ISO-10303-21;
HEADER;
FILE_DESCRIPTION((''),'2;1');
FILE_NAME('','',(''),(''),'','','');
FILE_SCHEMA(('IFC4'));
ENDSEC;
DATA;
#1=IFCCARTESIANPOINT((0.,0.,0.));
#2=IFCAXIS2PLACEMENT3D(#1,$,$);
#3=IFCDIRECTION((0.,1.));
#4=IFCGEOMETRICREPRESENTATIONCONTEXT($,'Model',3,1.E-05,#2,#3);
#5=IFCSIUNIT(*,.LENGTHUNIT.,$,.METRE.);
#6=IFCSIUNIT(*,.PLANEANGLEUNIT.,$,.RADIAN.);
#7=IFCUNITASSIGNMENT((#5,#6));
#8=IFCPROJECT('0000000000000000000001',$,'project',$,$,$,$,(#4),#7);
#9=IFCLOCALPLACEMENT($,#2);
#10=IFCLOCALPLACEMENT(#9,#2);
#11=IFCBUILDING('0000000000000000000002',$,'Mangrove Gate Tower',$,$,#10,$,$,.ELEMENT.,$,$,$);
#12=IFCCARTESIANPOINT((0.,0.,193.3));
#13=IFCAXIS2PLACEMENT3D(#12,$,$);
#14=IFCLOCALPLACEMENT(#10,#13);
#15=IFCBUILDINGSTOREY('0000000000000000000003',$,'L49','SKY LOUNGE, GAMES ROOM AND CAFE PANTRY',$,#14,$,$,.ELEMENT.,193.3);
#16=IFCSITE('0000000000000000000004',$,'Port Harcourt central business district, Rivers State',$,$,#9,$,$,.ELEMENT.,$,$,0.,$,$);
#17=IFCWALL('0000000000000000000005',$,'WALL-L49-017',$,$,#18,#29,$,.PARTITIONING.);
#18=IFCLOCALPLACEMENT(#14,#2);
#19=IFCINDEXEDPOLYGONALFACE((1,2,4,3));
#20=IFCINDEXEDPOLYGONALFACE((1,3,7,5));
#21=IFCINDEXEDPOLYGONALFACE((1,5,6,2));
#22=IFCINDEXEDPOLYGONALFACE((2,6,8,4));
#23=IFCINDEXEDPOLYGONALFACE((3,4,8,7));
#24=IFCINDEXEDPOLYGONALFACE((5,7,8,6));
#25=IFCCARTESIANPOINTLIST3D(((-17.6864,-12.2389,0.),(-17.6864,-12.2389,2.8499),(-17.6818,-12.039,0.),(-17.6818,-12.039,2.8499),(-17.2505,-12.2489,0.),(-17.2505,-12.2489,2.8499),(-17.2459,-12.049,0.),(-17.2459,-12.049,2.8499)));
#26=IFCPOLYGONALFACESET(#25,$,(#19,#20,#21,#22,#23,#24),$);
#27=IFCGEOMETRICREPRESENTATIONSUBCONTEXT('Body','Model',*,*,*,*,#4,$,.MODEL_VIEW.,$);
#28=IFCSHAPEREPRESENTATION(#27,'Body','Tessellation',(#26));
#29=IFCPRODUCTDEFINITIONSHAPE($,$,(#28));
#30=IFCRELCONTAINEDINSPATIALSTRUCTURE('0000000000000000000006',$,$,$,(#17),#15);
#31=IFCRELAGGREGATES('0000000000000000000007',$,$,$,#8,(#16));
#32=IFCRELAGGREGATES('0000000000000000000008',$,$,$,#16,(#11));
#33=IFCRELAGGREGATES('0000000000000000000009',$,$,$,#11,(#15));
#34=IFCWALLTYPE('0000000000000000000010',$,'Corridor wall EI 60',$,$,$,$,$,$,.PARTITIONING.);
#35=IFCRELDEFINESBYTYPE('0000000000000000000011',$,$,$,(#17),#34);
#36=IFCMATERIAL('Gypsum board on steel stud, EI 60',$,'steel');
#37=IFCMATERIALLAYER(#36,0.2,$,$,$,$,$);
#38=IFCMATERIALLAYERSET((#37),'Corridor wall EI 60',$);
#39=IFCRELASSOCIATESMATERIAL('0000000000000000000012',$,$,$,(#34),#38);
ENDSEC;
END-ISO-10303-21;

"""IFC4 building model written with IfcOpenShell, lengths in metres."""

from ifc_helpers import new_model, si_unit, direction, frame, frame_2d, origin, place, context, subcontext, project, spatial, rectangle, extrude, material, layer, layer_set, type_object, element, save


model = new_model("IFC4")

# Units and contexts
model_context = context("Model", 3, precision=1e-05, world=origin(), true_north=direction((0.0, 1.0)))
body_context = subcontext(model_context, "Body", "Model", "MODEL_VIEW")
ifc_project = project(units=[si_unit("LENGTHUNIT", "METRE"), si_unit("PLANEANGLEUNIT", "RADIAN")], contexts=[model_context])

# Site, building, storey
site_placement = place(None, origin())
site = spatial("IfcSite", under=ifc_project, at=site_placement, Name="Port Harcourt central business district, Rivers State", CompositionType="ELEMENT", RefElevation=0.0)
building_placement = place(site_placement, origin())
building = spatial("IfcBuilding", under=site, at=building_placement, Name="Mangrove Gate Tower", CompositionType="ELEMENT")
storey_placement = place(building_placement, frame((0.0, 0.0, 193.3)))
storey = spatial("IfcBuildingStorey", under=building, at=storey_placement, Name="L49", Description="SKY LOUNGE, GAMES ROOM AND CAFE PANTRY", CompositionType="ELEMENT", Elevation=193.3)

# Shared definitions
ifc_material_1 = material(Name="Gypsum board on steel stud, EI 60", Category="steel")
ifc_layer_1 = layer(ifc_material_1, 0.2)
ifc_layer_set_1 = layer_set([ifc_layer_1], Name="Corridor wall EI 60")
wall_type_1 = type_object("IfcWallType", Name="Corridor wall EI 60", PredefinedType="PARTITIONING", material=ifc_layer_set_1)

# Wall
wall_1_placement = place(storey_placement, frame((-17.6841, -12.1389, 0.0), z_axis=(0.0, 0.0, 1.0), x_axis=(0.999737, -0.02295, 0.0)))
element("IfcWall", 1, at=wall_1_placement, inside=storey, type_object=wall_type_1, Name="WALL-L49-017", PredefinedType="PARTITIONING", context=body_context, shape_type="SweptSolid", body=[
    extrude(rectangle(XDim=0.436, YDim=0.2, at=frame_2d((0.218, 0.0))), origin(), (0.0, 0.0, 1.0), 2.8499),
])

save(model, "model.ifc")
